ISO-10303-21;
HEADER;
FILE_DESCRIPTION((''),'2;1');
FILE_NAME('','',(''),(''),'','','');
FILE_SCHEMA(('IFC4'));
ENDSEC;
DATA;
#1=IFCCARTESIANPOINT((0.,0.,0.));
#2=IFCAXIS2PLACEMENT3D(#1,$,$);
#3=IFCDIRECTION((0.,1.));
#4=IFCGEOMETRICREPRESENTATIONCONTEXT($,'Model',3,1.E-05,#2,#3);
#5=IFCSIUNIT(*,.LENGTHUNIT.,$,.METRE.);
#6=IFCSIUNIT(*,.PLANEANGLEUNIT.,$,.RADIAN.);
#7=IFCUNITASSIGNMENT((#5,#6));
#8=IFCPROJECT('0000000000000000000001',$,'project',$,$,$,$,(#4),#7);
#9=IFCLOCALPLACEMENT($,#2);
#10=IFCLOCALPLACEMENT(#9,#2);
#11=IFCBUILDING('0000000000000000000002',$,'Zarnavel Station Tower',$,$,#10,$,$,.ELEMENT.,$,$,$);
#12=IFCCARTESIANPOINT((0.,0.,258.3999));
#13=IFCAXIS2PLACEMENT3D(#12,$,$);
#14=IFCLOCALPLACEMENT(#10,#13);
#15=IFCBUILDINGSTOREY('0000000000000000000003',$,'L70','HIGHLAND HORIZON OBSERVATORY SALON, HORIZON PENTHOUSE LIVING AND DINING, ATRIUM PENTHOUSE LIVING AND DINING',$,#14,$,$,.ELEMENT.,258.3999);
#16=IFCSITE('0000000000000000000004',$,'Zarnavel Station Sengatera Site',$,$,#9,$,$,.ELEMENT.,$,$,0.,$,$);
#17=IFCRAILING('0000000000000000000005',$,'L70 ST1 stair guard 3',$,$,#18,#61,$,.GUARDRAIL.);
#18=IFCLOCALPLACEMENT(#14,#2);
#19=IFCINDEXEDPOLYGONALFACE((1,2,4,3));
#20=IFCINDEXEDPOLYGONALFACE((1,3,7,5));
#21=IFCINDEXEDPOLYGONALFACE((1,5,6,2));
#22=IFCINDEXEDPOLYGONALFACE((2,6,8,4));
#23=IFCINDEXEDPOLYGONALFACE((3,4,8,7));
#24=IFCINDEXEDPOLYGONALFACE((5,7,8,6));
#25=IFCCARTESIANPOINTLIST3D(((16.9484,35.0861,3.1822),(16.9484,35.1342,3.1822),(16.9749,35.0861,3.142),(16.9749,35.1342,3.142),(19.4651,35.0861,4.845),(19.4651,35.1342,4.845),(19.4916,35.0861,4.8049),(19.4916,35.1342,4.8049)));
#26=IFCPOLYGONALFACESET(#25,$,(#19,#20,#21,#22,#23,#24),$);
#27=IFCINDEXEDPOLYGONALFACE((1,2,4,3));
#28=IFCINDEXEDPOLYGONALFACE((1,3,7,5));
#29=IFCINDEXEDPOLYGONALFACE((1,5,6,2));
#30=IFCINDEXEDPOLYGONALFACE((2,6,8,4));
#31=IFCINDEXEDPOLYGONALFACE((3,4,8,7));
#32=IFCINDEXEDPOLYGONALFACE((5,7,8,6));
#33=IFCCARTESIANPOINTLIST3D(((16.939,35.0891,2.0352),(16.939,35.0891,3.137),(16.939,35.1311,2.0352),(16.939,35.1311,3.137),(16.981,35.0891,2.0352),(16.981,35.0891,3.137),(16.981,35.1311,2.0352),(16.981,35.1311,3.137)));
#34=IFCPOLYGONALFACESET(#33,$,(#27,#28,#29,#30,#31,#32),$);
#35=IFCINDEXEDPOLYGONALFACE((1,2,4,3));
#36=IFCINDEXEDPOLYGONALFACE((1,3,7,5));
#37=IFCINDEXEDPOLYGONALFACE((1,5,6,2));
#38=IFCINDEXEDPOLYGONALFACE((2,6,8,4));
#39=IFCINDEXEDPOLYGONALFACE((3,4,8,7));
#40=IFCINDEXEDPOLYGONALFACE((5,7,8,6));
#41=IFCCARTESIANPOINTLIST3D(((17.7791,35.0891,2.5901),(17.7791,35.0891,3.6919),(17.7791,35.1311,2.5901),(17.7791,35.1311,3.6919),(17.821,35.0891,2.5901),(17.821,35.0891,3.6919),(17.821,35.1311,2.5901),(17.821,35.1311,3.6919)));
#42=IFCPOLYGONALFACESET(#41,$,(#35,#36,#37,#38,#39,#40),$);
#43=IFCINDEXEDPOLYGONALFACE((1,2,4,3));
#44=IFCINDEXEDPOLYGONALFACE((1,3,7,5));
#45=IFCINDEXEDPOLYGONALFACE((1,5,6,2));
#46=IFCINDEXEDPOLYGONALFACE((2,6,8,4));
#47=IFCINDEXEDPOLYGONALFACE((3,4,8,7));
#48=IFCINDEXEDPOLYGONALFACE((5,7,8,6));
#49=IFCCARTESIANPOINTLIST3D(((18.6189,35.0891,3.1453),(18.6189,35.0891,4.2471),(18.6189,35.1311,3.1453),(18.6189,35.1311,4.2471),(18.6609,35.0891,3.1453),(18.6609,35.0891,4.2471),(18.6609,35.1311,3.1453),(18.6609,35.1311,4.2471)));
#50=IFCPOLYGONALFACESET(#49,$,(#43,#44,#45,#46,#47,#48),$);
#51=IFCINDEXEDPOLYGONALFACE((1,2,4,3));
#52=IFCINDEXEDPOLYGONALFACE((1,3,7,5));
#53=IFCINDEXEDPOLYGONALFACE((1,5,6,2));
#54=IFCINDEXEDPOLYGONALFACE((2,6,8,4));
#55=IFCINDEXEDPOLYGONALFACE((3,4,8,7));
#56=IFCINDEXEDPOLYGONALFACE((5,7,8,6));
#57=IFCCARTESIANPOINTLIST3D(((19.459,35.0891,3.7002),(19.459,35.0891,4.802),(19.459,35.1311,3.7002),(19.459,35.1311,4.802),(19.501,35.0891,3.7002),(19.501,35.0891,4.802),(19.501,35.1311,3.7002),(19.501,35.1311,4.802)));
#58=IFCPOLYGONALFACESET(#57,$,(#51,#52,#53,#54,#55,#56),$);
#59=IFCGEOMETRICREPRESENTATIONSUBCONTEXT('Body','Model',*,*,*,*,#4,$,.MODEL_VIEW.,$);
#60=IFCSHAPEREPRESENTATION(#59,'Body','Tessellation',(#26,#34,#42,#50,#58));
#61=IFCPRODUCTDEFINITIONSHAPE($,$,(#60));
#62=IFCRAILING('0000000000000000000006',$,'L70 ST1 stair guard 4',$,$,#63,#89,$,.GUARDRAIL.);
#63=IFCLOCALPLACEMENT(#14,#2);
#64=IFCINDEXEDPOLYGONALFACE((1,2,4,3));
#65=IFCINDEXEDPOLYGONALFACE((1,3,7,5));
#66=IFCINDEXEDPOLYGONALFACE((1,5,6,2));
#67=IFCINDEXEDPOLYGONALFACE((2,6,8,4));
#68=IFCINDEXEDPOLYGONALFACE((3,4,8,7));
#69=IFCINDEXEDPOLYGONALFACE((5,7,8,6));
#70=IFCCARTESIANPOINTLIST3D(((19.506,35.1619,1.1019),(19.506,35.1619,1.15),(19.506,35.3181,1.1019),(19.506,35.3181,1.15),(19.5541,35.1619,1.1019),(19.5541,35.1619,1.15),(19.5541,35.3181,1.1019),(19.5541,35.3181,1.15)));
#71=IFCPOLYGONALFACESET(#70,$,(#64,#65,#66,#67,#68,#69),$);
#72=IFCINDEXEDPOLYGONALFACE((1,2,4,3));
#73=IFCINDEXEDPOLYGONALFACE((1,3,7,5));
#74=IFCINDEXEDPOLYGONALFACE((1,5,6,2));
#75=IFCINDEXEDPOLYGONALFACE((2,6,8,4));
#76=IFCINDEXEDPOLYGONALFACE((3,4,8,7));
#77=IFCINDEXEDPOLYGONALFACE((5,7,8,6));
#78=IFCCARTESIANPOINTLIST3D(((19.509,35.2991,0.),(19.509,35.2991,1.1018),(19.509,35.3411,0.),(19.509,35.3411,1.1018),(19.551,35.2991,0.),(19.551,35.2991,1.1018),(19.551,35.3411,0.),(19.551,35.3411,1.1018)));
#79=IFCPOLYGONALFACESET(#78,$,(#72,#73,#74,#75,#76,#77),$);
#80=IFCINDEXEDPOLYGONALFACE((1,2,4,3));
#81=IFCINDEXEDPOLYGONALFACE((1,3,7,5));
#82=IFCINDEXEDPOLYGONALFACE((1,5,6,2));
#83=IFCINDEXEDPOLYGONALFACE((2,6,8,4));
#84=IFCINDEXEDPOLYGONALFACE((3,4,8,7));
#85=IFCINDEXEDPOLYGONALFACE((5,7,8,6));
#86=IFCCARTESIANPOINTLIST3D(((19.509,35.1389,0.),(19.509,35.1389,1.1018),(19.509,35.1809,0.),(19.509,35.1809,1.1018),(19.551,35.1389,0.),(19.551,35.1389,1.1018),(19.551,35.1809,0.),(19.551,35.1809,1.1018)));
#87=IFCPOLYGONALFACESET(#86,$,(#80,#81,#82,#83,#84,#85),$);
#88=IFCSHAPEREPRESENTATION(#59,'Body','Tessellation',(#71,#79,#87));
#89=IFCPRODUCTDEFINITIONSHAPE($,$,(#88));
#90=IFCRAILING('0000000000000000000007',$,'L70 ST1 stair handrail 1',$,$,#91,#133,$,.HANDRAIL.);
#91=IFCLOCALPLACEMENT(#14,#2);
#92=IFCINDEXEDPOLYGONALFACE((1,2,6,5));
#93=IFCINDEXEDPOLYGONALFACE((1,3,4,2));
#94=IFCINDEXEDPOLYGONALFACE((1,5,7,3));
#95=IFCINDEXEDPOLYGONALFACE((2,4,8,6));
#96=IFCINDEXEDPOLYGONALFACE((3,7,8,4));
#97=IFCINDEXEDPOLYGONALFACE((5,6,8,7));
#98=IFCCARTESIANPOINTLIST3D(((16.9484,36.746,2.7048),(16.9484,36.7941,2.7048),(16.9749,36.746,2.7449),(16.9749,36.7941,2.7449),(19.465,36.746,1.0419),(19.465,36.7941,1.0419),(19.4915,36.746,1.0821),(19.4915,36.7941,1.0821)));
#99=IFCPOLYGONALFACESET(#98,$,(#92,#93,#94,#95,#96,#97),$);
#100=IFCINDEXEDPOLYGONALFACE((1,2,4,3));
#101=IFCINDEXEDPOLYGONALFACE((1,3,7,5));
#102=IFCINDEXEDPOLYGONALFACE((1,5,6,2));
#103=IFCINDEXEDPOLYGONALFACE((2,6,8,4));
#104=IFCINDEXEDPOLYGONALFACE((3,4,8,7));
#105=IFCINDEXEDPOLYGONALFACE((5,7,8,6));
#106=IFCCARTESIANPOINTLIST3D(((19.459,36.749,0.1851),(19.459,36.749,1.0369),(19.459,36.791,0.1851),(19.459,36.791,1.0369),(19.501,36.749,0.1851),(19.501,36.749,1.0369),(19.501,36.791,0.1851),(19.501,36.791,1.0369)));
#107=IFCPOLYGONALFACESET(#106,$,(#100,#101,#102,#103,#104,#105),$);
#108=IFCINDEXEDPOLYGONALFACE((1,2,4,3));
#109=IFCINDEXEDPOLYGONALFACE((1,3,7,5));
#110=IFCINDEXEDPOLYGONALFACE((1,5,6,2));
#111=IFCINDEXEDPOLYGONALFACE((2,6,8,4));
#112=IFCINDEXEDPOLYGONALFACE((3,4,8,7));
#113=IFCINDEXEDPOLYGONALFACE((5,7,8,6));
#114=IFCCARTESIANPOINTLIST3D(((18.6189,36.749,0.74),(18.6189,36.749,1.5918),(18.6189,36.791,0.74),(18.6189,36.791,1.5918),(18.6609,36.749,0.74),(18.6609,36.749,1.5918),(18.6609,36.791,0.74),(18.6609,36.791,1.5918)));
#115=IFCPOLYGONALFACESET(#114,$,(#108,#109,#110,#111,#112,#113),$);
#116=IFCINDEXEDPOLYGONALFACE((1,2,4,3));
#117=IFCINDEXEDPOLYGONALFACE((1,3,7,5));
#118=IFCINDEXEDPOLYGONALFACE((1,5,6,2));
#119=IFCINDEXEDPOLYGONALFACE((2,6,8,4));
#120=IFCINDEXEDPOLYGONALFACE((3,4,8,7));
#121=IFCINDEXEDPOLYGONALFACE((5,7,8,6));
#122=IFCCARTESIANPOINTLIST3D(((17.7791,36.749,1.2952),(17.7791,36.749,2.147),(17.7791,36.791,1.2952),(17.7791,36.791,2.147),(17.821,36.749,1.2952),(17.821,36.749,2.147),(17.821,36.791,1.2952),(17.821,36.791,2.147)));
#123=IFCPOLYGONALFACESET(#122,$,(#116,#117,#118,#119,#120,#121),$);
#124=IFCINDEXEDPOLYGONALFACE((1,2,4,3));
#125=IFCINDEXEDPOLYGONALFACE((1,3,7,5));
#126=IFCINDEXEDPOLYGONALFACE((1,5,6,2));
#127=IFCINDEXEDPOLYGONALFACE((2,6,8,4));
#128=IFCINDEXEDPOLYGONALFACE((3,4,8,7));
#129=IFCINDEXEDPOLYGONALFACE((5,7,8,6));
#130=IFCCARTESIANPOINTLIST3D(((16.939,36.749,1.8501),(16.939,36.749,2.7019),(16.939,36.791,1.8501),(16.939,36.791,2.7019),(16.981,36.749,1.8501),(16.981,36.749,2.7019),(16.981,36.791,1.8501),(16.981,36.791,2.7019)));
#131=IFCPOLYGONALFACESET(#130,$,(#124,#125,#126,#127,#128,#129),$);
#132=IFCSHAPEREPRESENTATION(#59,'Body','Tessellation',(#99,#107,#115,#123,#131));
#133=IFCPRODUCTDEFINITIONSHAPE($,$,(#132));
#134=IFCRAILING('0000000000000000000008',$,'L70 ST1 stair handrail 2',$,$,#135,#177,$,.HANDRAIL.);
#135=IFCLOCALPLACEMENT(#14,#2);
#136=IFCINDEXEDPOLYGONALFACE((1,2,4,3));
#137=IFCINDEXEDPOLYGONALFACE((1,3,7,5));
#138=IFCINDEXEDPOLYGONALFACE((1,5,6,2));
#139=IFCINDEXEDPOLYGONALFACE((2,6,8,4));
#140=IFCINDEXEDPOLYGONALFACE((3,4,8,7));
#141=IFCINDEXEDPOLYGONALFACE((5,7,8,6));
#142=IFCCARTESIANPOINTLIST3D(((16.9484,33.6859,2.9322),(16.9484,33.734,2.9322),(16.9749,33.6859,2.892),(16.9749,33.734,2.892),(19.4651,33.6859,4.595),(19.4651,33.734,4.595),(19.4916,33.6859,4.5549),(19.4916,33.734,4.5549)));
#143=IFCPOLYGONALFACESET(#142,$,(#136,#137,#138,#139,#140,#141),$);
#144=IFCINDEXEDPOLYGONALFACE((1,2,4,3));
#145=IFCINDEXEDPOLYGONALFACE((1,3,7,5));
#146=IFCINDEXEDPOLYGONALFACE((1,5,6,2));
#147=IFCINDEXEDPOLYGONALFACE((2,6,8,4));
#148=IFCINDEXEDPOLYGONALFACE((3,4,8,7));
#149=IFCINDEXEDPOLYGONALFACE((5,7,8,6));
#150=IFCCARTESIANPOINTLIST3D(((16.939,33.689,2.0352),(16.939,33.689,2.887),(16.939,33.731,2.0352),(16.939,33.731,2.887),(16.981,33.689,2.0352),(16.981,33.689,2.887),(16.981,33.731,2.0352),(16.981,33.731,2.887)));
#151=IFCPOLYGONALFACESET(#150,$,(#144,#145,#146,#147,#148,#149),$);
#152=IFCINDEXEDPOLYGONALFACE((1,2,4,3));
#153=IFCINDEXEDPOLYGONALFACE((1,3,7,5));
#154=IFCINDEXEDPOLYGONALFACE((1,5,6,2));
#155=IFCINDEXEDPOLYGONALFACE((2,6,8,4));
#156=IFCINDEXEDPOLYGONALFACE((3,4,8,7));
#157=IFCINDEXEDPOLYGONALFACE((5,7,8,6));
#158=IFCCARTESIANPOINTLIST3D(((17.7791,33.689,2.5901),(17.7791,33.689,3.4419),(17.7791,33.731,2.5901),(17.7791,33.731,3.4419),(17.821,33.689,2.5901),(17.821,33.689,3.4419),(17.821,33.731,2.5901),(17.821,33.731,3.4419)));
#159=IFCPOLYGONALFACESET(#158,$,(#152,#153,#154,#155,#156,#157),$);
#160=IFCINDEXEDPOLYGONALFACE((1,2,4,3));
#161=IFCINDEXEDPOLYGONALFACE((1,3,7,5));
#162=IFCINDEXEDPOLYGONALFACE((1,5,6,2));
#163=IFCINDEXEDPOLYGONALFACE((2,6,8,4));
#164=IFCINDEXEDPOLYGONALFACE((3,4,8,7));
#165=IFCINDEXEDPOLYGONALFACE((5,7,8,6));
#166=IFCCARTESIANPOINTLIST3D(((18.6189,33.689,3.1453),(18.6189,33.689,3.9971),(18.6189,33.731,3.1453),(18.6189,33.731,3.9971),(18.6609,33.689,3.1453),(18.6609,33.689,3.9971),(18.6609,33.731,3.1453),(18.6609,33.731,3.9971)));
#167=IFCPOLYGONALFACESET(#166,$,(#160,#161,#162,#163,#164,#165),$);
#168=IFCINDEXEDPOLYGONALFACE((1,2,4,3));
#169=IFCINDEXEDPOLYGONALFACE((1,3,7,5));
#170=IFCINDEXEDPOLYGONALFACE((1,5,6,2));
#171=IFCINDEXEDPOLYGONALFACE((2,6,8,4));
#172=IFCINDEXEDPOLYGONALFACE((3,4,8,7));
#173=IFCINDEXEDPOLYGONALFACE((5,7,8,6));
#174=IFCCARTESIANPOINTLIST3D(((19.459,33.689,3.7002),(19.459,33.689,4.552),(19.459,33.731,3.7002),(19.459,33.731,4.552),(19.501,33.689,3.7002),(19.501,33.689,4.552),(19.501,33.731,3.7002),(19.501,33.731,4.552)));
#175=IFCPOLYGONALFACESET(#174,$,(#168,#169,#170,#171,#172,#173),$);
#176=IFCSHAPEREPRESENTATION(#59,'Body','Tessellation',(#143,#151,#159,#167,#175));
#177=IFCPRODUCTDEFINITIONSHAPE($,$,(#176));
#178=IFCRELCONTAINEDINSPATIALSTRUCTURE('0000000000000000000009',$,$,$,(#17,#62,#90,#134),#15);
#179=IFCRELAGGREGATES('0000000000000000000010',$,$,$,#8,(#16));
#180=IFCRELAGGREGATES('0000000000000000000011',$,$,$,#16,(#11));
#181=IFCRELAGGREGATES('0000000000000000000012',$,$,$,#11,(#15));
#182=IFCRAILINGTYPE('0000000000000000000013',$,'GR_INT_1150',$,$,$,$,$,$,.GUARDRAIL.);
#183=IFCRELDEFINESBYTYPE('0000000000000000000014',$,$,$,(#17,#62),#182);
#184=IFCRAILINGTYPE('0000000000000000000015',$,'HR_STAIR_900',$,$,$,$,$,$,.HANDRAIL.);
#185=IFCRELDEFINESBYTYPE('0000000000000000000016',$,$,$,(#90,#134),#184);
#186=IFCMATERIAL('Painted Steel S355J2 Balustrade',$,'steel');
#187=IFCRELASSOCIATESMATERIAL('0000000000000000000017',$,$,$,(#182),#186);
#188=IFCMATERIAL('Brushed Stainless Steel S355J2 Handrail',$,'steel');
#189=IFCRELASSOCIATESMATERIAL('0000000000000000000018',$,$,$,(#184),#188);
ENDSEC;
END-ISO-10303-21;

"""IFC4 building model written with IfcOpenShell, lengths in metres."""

from ifc_helpers import new_model, si_unit, direction, frame, origin, origin_2d, place, context, subcontext, project, spatial, rectangle, extrude, material, type_object, element, save


model = new_model("IFC4")

# Units and contexts
model_context = context("Model", 3, precision=1e-05, world=origin(), true_north=direction((0.0, 1.0)))
body_context = subcontext(model_context, "Body", "Model", "MODEL_VIEW")
ifc_project = project(units=[si_unit("LENGTHUNIT", "METRE"), si_unit("PLANEANGLEUNIT", "RADIAN")], contexts=[model_context])

# Site, building, storey
site_placement = place(None, origin())
site = spatial("IfcSite", under=ifc_project, at=site_placement, Name="Zarnavel Station Sengatera Site", CompositionType="ELEMENT", RefElevation=0.0)
building_placement = place(site_placement, origin())
building = spatial("IfcBuilding", under=site, at=building_placement, Name="Zarnavel Station Tower", CompositionType="ELEMENT")
storey_placement = place(building_placement, frame((0.0, 0.0, 258.3999)))
storey = spatial("IfcBuildingStorey", under=building, at=storey_placement, Name="L70", Description="HIGHLAND HORIZON OBSERVATORY SALON, HORIZON PENTHOUSE LIVING AND DINING, ATRIUM PENTHOUSE LIVING AND DINING", CompositionType="ELEMENT", Elevation=258.3999)

# Railings
ifc_material_1 = material(Name="Painted Steel S355J2 Balustrade", Category="steel")
railing_type_1 = type_object("IfcRailingType", Name="GR_INT_1150", PredefinedType="GUARDRAIL", material=ifc_material_1)
railing_1_placement = place(storey_placement, frame((16.96, 35.1101, 2.0352)))
element("IfcRailing", 1, at=railing_1_placement, inside=storey, type_object=railing_type_1, Name="L70 ST1 stair guard 3", PredefinedType="GUARDRAIL", context=body_context, shape_type="SweptSolid", body=[
    extrude(rectangle(XDim=0.0481, YDim=0.0481, at=origin_2d()), frame((0.0017, 0.0, 1.127), z_axis=(0.834331, 0.0, 0.551263), x_axis=(0.0, 1.0, 0.0)), (0.0, 0.0, 1.0), 3.0164),
    extrude(rectangle(XDim=0.042, YDim=0.042, at=origin_2d()), origin(), (0.0, 0.0, 1.0), 1.1018),
    extrude(rectangle(XDim=0.042, YDim=0.042, at=origin_2d()), frame((0.8401, 0.0, 0.5549)), (0.0, 0.0, 1.0), 1.1018),
    extrude(rectangle(XDim=0.042, YDim=0.042, at=origin_2d()), frame((1.6799, 0.0, 1.1101)), (0.0, 0.0, 1.0), 1.1018),
    extrude(rectangle(XDim=0.042, YDim=0.042, at=origin_2d()), frame((2.52, 0.0, 1.665)), (0.0, 0.0, 1.0), 1.1018),
])
railing_2_placement = place(storey_placement, frame((19.53, 35.3201, 0.0)))
element("IfcRailing", 2, at=railing_2_placement, inside=storey, type_object=railing_type_1, Name="L70 ST1 stair guard 4", PredefinedType="GUARDRAIL", context=body_context, shape_type="SweptSolid", body=[
    extrude(rectangle(XDim=0.0481, YDim=0.0481, at=origin_2d()), frame((0.0, -0.002, 1.126), z_axis=(0.0, -1.0, 0.0), x_axis=(1.0, 0.0, 0.0)), (0.0, 0.0, 1.0), 0.1562),
    extrude(rectangle(XDim=0.042, YDim=0.042, at=origin_2d()), origin(), (0.0, 0.0, 1.0), 1.1018),
    extrude(rectangle(XDim=0.042, YDim=0.042, at=origin_2d()), frame((0.0, -0.1602, 0.0)), (0.0, 0.0, 1.0), 1.1018),
])
ifc_material_2 = material(Name="Brushed Stainless Steel S355J2 Handrail", Category="steel")
railing_type_2 = type_object("IfcRailingType", Name="HR_STAIR_900", PredefinedType="HANDRAIL", material=ifc_material_2)
railing_3_placement = place(storey_placement, frame((19.48, 36.77, 0.1851)))
element("IfcRailing", 3, at=railing_3_placement, inside=storey, type_object=railing_type_2, Name="L70 ST1 stair handrail 1", PredefinedType="HANDRAIL", context=body_context, shape_type="SweptSolid", body=[
    extrude(rectangle(XDim=0.0481, YDim=0.0481, at=origin_2d()), frame((-0.0017, 0.0, 0.877), z_axis=(-0.834331, 0.0, 0.551263), x_axis=(0.0, -1.0, 0.0)), (0.0, 0.0, 1.0), 3.0164),
    extrude(rectangle(XDim=0.042, YDim=0.042, at=origin_2d()), origin(), (0.0, 0.0, 1.0), 0.8518),
    extrude(rectangle(XDim=0.042, YDim=0.042, at=origin_2d()), frame((-0.8401, 0.0, 0.5549)), (0.0, 0.0, 1.0), 0.8518),
    extrude(rectangle(XDim=0.042, YDim=0.042, at=origin_2d()), frame((-1.6799, 0.0, 1.1101)), (0.0, 0.0, 1.0), 0.8518),
    extrude(rectangle(XDim=0.042, YDim=0.042, at=origin_2d()), frame((-2.52, 0.0, 1.665)), (0.0, 0.0, 1.0), 0.8518),
])
railing_4_placement = place(storey_placement, frame((16.96, 33.71, 2.0352)))
element("IfcRailing", 4, at=railing_4_placement, inside=storey, type_object=railing_type_2, Name="L70 ST1 stair handrail 2", PredefinedType="HANDRAIL", context=body_context, shape_type="SweptSolid", body=[
    extrude(rectangle(XDim=0.0481, YDim=0.0481, at=origin_2d()), frame((0.0017, 0.0, 0.877), z_axis=(0.834331, 0.0, 0.551263), x_axis=(0.0, 1.0, 0.0)), (0.0, 0.0, 1.0), 3.0164),
    extrude(rectangle(XDim=0.042, YDim=0.042, at=origin_2d()), origin(), (0.0, 0.0, 1.0), 0.8518),
    extrude(rectangle(XDim=0.042, YDim=0.042, at=origin_2d()), frame((0.8401, 0.0, 0.5549)), (0.0, 0.0, 1.0), 0.8518),
    extrude(rectangle(XDim=0.042, YDim=0.042, at=origin_2d()), frame((1.6799, 0.0, 1.1101)), (0.0, 0.0, 1.0), 0.8518),
    extrude(rectangle(XDim=0.042, YDim=0.042, at=origin_2d()), frame((2.52, 0.0, 1.665)), (0.0, 0.0, 1.0), 0.8518),
])

save(model, "model.ifc")
